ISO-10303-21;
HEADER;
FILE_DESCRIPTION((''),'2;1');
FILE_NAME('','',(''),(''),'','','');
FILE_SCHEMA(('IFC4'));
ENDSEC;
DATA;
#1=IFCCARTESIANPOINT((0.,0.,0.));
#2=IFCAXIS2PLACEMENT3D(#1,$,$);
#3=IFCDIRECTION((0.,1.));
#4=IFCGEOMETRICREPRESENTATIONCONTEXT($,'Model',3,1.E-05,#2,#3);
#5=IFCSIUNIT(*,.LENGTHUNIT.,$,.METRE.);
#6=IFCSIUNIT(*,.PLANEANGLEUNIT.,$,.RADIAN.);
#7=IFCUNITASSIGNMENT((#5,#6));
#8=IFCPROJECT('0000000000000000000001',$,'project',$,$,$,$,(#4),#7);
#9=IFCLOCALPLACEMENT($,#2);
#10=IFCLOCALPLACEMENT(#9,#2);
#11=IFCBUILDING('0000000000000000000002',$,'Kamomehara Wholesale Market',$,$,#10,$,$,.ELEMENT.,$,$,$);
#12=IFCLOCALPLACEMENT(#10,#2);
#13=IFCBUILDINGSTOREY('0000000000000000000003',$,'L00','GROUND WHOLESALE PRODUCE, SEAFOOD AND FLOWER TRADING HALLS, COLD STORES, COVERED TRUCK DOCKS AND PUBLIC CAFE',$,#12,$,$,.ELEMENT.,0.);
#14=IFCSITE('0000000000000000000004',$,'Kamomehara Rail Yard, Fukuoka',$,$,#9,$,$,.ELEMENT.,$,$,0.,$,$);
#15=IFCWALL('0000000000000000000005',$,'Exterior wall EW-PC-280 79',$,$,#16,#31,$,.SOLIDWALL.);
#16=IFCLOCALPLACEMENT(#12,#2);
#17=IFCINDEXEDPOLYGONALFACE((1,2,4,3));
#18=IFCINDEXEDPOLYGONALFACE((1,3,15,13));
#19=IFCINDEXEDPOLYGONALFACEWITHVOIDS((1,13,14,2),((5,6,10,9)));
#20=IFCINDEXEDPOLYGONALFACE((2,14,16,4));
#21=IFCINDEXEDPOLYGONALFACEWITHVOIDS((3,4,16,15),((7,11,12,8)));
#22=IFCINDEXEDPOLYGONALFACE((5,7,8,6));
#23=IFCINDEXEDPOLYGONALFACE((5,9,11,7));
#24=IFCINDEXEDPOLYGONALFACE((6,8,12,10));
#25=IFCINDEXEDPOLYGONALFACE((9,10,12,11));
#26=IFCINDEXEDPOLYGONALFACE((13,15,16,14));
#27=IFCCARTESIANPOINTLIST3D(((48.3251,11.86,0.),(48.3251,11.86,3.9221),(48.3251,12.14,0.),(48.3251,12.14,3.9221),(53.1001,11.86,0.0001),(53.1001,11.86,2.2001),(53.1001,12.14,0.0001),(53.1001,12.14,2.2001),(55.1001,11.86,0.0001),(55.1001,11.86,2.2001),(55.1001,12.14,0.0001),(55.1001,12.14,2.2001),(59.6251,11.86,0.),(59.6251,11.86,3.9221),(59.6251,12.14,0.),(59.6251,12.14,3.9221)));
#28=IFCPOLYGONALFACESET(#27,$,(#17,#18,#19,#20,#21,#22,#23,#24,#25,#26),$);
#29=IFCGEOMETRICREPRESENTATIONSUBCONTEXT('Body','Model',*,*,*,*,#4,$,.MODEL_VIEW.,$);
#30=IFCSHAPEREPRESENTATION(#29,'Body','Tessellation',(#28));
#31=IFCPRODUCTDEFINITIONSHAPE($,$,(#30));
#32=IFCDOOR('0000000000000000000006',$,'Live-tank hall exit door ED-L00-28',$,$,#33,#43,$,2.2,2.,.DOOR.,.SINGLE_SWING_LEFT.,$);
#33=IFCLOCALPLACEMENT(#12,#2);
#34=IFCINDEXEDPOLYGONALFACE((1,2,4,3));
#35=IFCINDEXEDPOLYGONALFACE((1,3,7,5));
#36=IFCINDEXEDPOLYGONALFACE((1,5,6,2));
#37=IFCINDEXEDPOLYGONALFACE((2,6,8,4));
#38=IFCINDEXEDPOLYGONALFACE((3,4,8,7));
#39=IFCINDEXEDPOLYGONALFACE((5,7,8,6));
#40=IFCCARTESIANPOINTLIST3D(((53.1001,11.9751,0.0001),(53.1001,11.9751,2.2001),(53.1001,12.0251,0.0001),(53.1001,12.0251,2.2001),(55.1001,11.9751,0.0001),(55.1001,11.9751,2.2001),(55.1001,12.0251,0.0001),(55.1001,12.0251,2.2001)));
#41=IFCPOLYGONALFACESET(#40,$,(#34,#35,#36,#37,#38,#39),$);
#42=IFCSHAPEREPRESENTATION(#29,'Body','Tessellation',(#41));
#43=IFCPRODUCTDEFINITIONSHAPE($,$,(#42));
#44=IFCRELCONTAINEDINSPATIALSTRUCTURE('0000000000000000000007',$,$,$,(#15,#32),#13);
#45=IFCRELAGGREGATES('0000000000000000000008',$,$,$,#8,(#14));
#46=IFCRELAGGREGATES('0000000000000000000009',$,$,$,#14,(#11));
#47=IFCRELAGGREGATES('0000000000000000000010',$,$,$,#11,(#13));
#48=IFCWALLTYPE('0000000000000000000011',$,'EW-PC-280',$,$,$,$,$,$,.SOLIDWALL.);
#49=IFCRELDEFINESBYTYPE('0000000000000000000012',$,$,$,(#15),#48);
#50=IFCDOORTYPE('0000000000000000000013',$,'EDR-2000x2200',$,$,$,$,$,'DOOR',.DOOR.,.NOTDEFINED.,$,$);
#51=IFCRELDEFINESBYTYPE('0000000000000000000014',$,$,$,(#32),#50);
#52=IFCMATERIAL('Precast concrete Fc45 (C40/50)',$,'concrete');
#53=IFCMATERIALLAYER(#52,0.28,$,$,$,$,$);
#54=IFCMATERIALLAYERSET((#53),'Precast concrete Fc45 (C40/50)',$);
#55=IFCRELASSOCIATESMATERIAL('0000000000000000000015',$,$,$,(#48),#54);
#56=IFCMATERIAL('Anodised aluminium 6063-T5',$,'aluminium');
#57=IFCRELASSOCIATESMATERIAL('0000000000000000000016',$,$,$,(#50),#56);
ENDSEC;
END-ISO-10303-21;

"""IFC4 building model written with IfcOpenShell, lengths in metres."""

from ifc_helpers import new_model, si_unit, direction, frame, frame_2d, origin, place, context, subcontext, project, spatial, rectangle, extrude, material, layer, layer_set, type_object, element, fill, save


model = new_model("IFC4")

# Units and contexts
model_context = context("Model", 3, precision=1e-05, world=origin(), true_north=direction((0.0, 1.0)))
body_context = subcontext(model_context, "Body", "Model", "MODEL_VIEW")
ifc_project = project(units=[si_unit("LENGTHUNIT", "METRE"), si_unit("PLANEANGLEUNIT", "RADIAN")], contexts=[model_context])

# Site, building, storey
site_placement = place(None, origin())
site = spatial("IfcSite", under=ifc_project, at=site_placement, Name="Kamomehara Rail Yard, Fukuoka", CompositionType="ELEMENT", RefElevation=0.0)
building_placement = place(site_placement, origin())
building = spatial("IfcBuilding", under=site, at=building_placement, Name="Kamomehara Wholesale Market", CompositionType="ELEMENT")
storey_placement = place(building_placement, origin())
storey = spatial("IfcBuildingStorey", under=building, at=storey_placement, Name="L00", Description="GROUND WHOLESALE PRODUCE, SEAFOOD AND FLOWER TRADING HALLS, COLD STORES, COVERED TRUCK DOCKS AND PUBLIC CAFE", CompositionType="ELEMENT", Elevation=0.0)

# Shared definitions
ifc_material_1 = material(Name="Precast concrete Fc45 (C40/50)", Category="concrete")
ifc_layer = layer(ifc_material_1, 0.28)
ifc_layer_set = layer_set([ifc_layer], Name="Precast concrete Fc45 (C40/50)")
wall_type = type_object("IfcWallType", Name="EW-PC-280", PredefinedType="SOLIDWALL", material=ifc_layer_set)

# Wall, opening, door
wall_1_placement = place(storey_placement, frame((59.625, 12.0, 0.0), z_axis=(0.0, 0.0, 1.0), x_axis=(-1.0, 0.0, 0.0)))
wall_1 = element("IfcWall", 1, at=wall_1_placement, inside=storey, type_object=wall_type, Name="Exterior wall EW-PC-280 79", PredefinedType="SOLIDWALL", context=body_context, shape_type="SweptSolid", body=[
    extrude(rectangle(XDim=11.3, YDim=0.28, at=frame_2d((5.6499, 0.0))), origin(), (0.0, 0.0, 1.0), 3.9221),
])
opening_1_placement = place(wall_1_placement, frame((4.5249, 0.0, 0.0)))
opening_1 = element("IfcOpeningElement", 2, at=opening_1_placement, cuts=wall_1, PredefinedType="OPENING", context=body_context, shape_type="SweptSolid", body=[
    extrude(rectangle(XDim=2.0, YDim=2.2, at=frame_2d((1.0, 1.1001))), frame((0.0, 0.1548, 0.0), z_axis=(0.0, -1.0, 0.0), x_axis=(1.0, 0.0, 0.0)), (0.0, 0.0, 1.0), 0.3098),
])
ifc_material_2 = material(Name="Anodised aluminium 6063-T5", Category="aluminium")
door_type = type_object("IfcDoorType", Name="EDR-2000x2200", ElementType="DOOR", OperationType="NOTDEFINED", PredefinedType="DOOR", material=ifc_material_2)
door_placement = place(opening_1_placement, origin())
door = element("IfcDoor", 3, at=door_placement, inside=storey, type_object=door_type, Name="Live-tank hall exit door ED-L00-28", OperationType="SINGLE_SWING_LEFT", OverallHeight=2.2, OverallWidth=2.0, PredefinedType="DOOR", context=body_context, shape_type="SweptSolid", body=[
    extrude(rectangle(XDim=2.0, YDim=2.2, at=frame_2d((1.0, 1.1001))), frame((0.0, 0.0249, 0.0), z_axis=(0.0, -1.0, 0.0), x_axis=(1.0, 0.0, 0.0)), (0.0, 0.0, 1.0), 0.05),
])
fill(opening_1, door)

save(model, "model.ifc")
